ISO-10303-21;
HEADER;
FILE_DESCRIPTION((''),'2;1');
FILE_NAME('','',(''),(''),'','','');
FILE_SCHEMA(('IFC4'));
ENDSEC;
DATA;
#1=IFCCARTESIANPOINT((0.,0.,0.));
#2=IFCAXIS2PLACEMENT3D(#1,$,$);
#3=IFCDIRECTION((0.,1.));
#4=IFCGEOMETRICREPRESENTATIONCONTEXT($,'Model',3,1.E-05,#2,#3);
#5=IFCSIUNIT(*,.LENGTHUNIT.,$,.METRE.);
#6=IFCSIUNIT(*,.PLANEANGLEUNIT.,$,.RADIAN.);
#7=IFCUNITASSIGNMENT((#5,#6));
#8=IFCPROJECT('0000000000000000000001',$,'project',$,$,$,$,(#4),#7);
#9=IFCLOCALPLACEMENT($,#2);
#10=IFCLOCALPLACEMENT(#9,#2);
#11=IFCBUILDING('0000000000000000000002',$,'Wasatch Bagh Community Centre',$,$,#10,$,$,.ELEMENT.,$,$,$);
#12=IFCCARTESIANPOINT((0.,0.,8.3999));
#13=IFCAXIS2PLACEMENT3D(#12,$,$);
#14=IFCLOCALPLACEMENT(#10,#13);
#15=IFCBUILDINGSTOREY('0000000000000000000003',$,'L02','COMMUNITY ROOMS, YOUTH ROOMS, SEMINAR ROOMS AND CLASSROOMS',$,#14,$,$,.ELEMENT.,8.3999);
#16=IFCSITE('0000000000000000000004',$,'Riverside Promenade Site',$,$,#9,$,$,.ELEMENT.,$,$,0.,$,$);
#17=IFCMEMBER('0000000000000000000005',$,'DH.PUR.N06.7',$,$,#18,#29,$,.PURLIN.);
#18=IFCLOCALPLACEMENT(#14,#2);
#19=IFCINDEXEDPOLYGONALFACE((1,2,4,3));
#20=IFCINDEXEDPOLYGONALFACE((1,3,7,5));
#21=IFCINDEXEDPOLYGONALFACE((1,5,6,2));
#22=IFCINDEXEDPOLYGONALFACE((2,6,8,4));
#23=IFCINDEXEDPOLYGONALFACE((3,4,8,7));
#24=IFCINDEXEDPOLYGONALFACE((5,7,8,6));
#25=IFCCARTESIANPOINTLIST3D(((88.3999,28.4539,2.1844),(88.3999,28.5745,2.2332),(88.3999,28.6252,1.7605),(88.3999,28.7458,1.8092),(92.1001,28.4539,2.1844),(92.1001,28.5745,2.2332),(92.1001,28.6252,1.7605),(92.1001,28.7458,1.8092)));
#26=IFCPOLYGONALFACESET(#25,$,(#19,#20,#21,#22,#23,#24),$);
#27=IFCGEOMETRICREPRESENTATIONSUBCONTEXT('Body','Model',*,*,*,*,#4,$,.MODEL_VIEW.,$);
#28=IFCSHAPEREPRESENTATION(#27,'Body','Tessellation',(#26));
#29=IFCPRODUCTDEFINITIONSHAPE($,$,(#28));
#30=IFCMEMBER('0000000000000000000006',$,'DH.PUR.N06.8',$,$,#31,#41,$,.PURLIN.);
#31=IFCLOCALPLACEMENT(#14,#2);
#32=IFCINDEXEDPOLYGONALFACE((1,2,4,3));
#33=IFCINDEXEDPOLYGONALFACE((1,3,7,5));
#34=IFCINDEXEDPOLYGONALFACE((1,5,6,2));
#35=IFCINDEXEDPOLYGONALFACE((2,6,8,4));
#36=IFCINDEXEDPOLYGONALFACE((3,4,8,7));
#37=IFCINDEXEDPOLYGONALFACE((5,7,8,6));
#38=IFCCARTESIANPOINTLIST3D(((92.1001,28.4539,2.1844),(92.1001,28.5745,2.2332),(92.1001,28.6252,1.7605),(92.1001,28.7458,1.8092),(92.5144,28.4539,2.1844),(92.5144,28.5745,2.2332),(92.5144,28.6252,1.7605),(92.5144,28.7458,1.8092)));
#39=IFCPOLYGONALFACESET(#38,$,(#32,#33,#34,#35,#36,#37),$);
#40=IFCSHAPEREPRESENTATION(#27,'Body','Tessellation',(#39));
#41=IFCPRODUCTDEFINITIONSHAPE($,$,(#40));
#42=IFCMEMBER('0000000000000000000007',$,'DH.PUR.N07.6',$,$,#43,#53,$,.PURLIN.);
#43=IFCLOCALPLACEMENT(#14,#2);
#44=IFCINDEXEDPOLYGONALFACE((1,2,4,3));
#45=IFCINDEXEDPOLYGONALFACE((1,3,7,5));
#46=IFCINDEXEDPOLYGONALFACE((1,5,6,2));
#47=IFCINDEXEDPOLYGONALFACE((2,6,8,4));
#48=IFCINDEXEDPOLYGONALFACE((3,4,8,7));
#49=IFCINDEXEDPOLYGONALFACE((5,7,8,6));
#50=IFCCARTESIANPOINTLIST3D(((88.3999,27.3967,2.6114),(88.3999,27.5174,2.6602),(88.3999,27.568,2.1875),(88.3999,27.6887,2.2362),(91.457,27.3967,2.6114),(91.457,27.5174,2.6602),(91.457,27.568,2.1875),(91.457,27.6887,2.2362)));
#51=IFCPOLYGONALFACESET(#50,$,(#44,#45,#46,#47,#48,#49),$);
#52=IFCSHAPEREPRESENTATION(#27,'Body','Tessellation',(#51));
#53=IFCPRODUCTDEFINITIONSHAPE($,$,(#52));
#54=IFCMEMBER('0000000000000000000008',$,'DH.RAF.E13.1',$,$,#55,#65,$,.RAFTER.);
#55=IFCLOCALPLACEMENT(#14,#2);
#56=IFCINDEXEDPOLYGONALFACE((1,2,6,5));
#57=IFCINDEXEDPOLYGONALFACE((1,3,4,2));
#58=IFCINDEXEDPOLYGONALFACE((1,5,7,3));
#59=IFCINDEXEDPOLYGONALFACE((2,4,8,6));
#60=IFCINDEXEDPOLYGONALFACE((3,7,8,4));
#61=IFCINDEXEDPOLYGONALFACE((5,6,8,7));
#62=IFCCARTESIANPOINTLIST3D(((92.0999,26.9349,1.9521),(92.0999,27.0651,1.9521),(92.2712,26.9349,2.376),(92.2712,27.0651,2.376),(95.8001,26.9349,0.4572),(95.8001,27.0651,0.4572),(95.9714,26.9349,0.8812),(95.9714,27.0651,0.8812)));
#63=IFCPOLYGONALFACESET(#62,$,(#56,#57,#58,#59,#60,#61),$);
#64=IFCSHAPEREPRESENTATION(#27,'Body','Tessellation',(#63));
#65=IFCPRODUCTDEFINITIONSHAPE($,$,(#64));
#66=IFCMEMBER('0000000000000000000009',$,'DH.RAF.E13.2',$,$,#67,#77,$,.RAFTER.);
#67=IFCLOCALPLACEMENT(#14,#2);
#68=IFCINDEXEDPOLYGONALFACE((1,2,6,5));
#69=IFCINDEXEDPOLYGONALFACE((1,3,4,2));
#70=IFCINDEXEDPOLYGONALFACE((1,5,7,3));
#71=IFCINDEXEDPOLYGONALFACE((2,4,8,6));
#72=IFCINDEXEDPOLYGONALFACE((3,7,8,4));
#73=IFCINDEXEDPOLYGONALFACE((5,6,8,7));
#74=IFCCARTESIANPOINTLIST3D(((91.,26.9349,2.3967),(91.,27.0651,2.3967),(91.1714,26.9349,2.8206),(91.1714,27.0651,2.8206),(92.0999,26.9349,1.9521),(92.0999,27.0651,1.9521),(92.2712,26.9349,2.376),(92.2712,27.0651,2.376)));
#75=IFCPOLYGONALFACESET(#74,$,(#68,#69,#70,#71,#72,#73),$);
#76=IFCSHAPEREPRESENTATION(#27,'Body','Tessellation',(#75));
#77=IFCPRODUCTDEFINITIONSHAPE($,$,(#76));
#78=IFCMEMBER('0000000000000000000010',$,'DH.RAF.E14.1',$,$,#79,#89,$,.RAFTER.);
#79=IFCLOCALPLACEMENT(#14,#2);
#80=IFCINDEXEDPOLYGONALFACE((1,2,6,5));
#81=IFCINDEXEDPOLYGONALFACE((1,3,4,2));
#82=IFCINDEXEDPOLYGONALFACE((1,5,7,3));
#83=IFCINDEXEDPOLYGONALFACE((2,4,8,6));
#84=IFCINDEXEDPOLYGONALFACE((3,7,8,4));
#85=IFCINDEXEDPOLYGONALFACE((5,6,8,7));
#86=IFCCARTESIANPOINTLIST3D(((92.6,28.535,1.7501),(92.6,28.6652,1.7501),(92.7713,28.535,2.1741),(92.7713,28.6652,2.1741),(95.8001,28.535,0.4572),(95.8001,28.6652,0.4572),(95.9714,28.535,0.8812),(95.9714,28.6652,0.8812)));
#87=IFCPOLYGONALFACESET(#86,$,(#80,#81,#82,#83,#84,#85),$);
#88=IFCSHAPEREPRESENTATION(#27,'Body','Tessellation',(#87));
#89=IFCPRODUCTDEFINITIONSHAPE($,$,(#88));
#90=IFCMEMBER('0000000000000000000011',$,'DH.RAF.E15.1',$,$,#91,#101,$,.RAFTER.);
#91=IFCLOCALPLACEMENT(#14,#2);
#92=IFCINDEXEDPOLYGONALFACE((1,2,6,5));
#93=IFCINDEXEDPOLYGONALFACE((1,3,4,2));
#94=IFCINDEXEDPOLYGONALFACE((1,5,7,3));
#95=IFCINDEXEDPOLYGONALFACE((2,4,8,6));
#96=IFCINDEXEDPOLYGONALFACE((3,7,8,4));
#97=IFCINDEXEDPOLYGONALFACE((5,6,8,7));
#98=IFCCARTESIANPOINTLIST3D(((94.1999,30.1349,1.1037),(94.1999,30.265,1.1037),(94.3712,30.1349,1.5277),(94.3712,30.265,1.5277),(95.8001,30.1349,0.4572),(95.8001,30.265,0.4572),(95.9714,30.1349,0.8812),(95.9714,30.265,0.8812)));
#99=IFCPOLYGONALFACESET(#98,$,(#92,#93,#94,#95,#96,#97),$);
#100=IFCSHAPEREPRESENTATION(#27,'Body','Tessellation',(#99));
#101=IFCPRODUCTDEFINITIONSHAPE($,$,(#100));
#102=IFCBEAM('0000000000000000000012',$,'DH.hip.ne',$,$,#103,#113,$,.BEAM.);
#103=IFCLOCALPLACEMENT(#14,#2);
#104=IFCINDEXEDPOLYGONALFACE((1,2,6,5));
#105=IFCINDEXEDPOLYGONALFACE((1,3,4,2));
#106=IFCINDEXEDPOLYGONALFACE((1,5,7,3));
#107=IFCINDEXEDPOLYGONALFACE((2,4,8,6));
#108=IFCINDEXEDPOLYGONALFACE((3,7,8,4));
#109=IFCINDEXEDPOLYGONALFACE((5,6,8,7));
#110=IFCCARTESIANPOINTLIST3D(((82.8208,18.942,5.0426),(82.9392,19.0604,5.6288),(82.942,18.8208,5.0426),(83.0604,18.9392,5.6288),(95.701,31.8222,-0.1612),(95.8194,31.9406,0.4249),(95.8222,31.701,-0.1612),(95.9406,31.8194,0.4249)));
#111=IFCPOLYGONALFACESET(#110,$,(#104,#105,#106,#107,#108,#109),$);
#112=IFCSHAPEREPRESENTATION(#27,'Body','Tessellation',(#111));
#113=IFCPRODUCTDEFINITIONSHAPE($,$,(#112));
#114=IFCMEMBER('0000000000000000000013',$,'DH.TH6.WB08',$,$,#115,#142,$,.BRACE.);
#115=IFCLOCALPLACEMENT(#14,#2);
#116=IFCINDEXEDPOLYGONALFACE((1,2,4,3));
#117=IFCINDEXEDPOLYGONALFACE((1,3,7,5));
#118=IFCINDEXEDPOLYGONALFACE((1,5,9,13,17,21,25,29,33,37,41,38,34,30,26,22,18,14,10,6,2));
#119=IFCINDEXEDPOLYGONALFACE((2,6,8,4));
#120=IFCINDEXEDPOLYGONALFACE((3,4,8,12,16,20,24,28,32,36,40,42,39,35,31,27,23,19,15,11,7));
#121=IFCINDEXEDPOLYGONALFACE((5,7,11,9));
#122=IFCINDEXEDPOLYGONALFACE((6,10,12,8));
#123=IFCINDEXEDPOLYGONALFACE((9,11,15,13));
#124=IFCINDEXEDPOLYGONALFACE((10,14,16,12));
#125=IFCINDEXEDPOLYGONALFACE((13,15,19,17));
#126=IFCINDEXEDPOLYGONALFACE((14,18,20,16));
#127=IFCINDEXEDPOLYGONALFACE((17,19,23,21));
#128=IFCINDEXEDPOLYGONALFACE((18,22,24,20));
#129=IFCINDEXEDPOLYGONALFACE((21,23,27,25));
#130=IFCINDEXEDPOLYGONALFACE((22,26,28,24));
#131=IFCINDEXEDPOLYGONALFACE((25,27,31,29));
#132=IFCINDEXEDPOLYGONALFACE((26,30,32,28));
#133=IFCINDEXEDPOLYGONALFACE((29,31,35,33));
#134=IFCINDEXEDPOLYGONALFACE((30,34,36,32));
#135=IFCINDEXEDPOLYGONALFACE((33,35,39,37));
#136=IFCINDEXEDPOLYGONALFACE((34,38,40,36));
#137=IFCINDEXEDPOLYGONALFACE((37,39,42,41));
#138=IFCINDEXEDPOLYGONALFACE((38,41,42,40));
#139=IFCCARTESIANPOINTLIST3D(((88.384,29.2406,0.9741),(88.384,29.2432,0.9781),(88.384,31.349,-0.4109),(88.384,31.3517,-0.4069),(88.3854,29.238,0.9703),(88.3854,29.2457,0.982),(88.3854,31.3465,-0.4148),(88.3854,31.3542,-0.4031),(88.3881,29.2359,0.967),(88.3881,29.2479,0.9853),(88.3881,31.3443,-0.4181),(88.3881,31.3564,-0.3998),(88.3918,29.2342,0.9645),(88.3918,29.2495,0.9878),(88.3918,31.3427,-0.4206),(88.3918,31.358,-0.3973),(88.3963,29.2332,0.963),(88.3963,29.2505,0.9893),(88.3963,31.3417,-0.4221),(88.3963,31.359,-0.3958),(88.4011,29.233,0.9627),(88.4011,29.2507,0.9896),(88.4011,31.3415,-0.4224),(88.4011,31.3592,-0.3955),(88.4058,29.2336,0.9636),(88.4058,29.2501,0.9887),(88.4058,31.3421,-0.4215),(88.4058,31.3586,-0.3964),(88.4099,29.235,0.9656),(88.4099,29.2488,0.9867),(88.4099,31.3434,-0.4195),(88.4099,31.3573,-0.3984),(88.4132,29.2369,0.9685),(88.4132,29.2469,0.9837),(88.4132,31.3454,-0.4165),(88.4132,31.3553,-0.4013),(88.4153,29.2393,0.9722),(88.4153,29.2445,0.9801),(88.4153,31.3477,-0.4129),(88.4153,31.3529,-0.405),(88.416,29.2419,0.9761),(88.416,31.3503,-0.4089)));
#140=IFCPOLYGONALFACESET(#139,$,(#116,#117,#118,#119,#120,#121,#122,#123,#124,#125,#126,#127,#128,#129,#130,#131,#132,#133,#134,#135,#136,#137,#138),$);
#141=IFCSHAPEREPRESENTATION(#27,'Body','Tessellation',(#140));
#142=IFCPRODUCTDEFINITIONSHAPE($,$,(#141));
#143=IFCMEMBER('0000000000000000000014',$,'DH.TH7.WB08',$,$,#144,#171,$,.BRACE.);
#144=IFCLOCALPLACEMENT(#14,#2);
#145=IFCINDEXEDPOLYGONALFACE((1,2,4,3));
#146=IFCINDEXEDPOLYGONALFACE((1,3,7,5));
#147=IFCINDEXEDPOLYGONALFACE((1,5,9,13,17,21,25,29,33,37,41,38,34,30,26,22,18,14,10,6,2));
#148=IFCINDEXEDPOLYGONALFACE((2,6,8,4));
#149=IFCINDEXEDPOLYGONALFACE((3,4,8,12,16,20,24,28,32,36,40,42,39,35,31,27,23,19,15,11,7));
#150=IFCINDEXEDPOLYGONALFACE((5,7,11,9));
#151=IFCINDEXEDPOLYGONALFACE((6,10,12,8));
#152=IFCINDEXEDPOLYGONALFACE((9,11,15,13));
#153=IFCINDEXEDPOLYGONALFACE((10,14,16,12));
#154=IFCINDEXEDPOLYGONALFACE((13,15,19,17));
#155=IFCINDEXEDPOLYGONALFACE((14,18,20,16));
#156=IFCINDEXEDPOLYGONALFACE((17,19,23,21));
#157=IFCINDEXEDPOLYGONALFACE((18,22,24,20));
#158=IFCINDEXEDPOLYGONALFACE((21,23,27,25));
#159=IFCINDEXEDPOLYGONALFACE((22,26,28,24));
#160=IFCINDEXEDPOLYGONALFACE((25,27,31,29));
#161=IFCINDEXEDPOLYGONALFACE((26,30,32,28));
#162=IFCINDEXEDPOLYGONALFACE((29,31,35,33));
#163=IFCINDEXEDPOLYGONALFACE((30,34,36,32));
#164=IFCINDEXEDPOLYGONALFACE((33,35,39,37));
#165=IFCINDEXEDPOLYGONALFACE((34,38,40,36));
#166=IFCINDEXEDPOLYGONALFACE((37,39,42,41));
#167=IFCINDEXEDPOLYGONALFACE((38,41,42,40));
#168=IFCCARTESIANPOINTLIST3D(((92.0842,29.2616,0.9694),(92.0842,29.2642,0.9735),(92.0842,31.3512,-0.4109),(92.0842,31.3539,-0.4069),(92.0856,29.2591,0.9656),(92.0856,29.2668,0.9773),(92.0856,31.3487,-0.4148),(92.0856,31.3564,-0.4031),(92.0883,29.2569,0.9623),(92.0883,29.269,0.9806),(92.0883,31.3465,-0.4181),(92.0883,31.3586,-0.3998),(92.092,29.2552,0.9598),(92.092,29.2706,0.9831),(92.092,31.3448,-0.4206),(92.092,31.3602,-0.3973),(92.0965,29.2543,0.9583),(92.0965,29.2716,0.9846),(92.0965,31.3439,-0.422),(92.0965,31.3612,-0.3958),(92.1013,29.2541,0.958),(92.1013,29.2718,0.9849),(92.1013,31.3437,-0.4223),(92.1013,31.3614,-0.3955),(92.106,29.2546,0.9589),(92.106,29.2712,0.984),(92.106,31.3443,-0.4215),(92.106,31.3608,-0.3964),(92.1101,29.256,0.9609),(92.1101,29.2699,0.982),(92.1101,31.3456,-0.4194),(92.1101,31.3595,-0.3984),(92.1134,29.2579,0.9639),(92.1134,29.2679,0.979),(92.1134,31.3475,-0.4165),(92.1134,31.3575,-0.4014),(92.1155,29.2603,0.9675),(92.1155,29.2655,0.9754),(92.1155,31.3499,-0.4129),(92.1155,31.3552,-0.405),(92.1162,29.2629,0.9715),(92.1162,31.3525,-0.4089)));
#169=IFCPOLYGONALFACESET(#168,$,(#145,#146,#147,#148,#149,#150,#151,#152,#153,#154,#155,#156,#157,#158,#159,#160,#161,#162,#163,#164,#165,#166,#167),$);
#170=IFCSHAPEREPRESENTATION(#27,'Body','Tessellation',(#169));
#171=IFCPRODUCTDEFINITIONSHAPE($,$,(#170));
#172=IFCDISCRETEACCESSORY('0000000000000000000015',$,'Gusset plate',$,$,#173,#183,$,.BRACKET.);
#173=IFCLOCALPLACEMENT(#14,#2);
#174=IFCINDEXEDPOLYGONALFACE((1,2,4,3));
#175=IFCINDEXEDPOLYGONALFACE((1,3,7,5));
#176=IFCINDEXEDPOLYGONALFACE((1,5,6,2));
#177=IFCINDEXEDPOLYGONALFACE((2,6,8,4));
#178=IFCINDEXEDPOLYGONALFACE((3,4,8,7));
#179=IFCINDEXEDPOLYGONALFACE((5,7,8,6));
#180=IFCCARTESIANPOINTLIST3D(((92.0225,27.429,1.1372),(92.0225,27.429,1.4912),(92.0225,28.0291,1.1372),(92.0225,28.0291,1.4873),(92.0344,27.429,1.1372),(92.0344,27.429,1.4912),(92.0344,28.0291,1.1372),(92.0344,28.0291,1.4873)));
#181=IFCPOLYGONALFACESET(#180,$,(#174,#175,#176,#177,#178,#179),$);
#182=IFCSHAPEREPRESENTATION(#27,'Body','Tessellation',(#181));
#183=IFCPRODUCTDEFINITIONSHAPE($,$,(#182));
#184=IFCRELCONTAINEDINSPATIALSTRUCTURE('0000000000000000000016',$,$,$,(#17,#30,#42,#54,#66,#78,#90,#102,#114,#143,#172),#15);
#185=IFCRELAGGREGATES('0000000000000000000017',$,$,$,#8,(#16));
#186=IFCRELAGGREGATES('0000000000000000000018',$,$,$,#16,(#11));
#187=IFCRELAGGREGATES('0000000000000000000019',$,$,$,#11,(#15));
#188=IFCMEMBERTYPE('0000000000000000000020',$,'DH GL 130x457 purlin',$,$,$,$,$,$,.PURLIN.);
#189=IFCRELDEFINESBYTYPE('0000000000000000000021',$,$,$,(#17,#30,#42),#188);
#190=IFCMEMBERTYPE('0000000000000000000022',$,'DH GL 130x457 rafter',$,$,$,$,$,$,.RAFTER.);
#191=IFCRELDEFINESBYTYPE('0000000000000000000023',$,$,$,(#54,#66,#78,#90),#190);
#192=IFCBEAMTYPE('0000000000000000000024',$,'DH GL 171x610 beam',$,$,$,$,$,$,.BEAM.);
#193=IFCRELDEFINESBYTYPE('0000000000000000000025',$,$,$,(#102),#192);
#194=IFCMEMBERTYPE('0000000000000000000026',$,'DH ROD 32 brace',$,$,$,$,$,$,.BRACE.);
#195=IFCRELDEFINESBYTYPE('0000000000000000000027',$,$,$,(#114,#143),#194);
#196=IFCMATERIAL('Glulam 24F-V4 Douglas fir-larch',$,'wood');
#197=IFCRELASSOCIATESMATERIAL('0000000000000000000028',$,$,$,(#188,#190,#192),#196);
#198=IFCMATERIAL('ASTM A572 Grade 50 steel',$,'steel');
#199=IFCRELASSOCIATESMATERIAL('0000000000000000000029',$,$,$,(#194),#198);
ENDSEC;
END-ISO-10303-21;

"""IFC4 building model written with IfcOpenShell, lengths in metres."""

from ifc_helpers import new_model, si_unit, direction, frame, origin, origin_2d, place, context, subcontext, project, spatial, polyline, rectangle, circle, outline, extrude, material, material_profile, profile_set, type_object, element, save


model = new_model("IFC4")

# Units and contexts
model_context = context("Model", 3, precision=1e-05, world=origin(), true_north=direction((0.0, 1.0)))
body_context = subcontext(model_context, "Body", "Model", "MODEL_VIEW")
ifc_project = project(units=[si_unit("LENGTHUNIT", "METRE"), si_unit("PLANEANGLEUNIT", "RADIAN")], contexts=[model_context])

# Site, building, storey
site_placement = place(None, origin())
site = spatial("IfcSite", under=ifc_project, at=site_placement, Name="Riverside Promenade Site", CompositionType="ELEMENT", RefElevation=0.0)
building_placement = place(site_placement, origin())
building = spatial("IfcBuilding", under=site, at=building_placement, Name="Wasatch Bagh Community Centre", CompositionType="ELEMENT")
storey_placement = place(building_placement, frame((0.0, 0.0, 8.3999)))
storey = spatial("IfcBuildingStorey", under=building, at=storey_placement, Name="L02", Description="COMMUNITY ROOMS, YOUTH ROOMS, SEMINAR ROOMS AND CLASSROOMS", CompositionType="ELEMENT", Elevation=8.3999)

# Shared definitions
ifc_material_1 = material(Name="Glulam 24F-V4 Douglas fir-larch", Category="wood")

# Members
ifc_material_profile_1 = material_profile(ifc_material_1, rectangle(XDim=0.1301, YDim=0.4573, at=origin_2d()), Name="GL 130x457")
ifc_profile_set_1 = profile_set([ifc_material_profile_1], Name="Glulam 24F-V4 Douglas fir-larch")
member_type_1 = type_object("IfcMemberType", Name="DH GL 130x457 purlin", PredefinedType="PURLIN", material=ifc_profile_set_1)
member_1_placement = place(storey_placement, frame((88.3999, 28.5999, 1.9968), z_axis=(1.0, 0.0, 0.0), x_axis=(0.0, 0.927184, 0.374607)))
element("IfcMember", 1, at=member_1_placement, inside=storey, type_object=member_type_1, Name="DH.PUR.N06.7", PredefinedType="PURLIN", context=body_context, shape_type="SweptSolid", body=[
    extrude(rectangle(XDim=0.1301, YDim=0.4573, at=origin_2d()), origin(), (0.0, 0.0, 1.0), 3.7002),
])
member_2_placement = place(storey_placement, frame((92.1001, 28.5999, 1.9968), z_axis=(1.0, 0.0, 0.0), x_axis=(0.0, 0.927184, 0.374607)))
element("IfcMember", 2, at=member_2_placement, inside=storey, type_object=member_type_1, Name="DH.PUR.N06.8", PredefinedType="PURLIN", context=body_context, shape_type="SweptSolid", body=[
    extrude(rectangle(XDim=0.1301, YDim=0.4573, at=origin_2d()), origin(), (0.0, 0.0, 1.0), 0.4143),
])
member_3_placement = place(storey_placement, frame((88.3999, 27.5427, 2.4238), z_axis=(1.0, 0.0, 0.0), x_axis=(0.0, 0.927184, 0.374607)))
element("IfcMember", 3, at=member_3_placement, inside=storey, type_object=member_type_1, Name="DH.PUR.N07.6", PredefinedType="PURLIN", context=body_context, shape_type="SweptSolid", body=[
    extrude(rectangle(XDim=0.1301, YDim=0.4573, at=origin_2d()), origin(), (0.0, 0.0, 1.0), 3.0571),
])
ifc_material_profile_2 = material_profile(ifc_material_1, rectangle(XDim=0.1301, YDim=0.4573, at=origin_2d()), Name="GL 130x457")
ifc_profile_set_2 = profile_set([ifc_material_profile_2], Name="Glulam 24F-V4 Douglas fir-larch")
member_type_2 = type_object("IfcMemberType", Name="DH GL 130x457 rafter", PredefinedType="RAFTER", material=ifc_profile_set_2)
member_4_placement = place(storey_placement, frame((95.8857, 27.0, 0.6692), z_axis=(-0.927193, 0.0, 0.374584), x_axis=(0.0, -1.0, 0.0)))
element("IfcMember", 4, at=member_4_placement, inside=storey, type_object=member_type_2, Name="DH.RAF.E13.1", PredefinedType="RAFTER", context=body_context, shape_type="SweptSolid", body=[
    extrude(rectangle(XDim=0.1301, YDim=0.4573, at=origin_2d()), origin(), (0.0, 0.0, 1.0), 3.9907),
])
member_5_placement = place(storey_placement, frame((92.1855, 27.0, 2.1641), z_axis=(-0.927122, 0.0, 0.374759), x_axis=(0.0, -1.0, 0.0)))
element("IfcMember", 5, at=member_5_placement, inside=storey, type_object=member_type_2, Name="DH.RAF.E13.2", PredefinedType="RAFTER", context=body_context, shape_type="SweptSolid", body=[
    extrude(rectangle(XDim=0.1301, YDim=0.4573, at=origin_2d()), origin(), (0.0, 0.0, 1.0), 1.1863),
])
member_6_placement = place(storey_placement, frame((95.8857, 28.6001, 0.6692), z_axis=(-0.927183, 0.0, 0.374608), x_axis=(0.0, -1.0, 0.0)))
element("IfcMember", 6, at=member_6_placement, inside=storey, type_object=member_type_2, Name="DH.RAF.E14.1", PredefinedType="RAFTER", context=body_context, shape_type="SweptSolid", body=[
    extrude(rectangle(XDim=0.1301, YDim=0.4573, at=origin_2d()), origin(), (0.0, 0.0, 1.0), 3.4514),
])
member_7_placement = place(storey_placement, frame((95.8857, 30.2, 0.6692), z_axis=(-0.927183, 0.0, 0.374608), x_axis=(0.0, -1.0, 0.0)))
element("IfcMember", 7, at=member_7_placement, inside=storey, type_object=member_type_2, Name="DH.RAF.E15.1", PredefinedType="RAFTER", context=body_context, shape_type="SweptSolid", body=[
    extrude(rectangle(XDim=0.1301, YDim=0.4573, at=origin_2d()), origin(), (0.0, 0.0, 1.0), 1.7258),
])

# Beam
ifc_material_profile_3 = material_profile(ifc_material_1, rectangle(XDim=0.1714, YDim=0.6096, at=origin_2d()), Name="GL 171x610")
ifc_profile_set_3 = profile_set([ifc_material_profile_3], Name="Glulam 24F-V4 Douglas fir-larch")
beam_type_1 = type_object("IfcBeamType", Name="DH GL 171x610 beam", PredefinedType="BEAM", material=ifc_profile_set_3)
beam_1_placement = place(storey_placement, frame((95.8208, 31.8208, 0.1318), z_axis=(-0.679905, -0.679905, 0.274697), x_axis=(0.707107, -0.707107, 0.0)))
element("IfcBeam", 8, at=beam_1_placement, inside=storey, type_object=beam_type_1, Name="DH.hip.ne", PredefinedType="BEAM", context=body_context, shape_type="SweptSolid", body=[
    extrude(rectangle(XDim=0.1714, YDim=0.6096, at=origin_2d()), origin(), (0.0, 0.0, 1.0), 18.9441),
])

# Members
ifc_material_2 = material(Name="ASTM A572 Grade 50 steel", Category="steel")
ifc_material_profile_4 = material_profile(ifc_material_2, circle(Radius=0.0161, at=origin_2d()), Name="ROD 32")
ifc_profile_set_4 = profile_set([ifc_material_profile_4], Name="ASTM A572 Grade 50 steel")
member_type_3 = type_object("IfcMemberType", Name="DH ROD 32 brace", PredefinedType="BRACE", material=ifc_profile_set_4)
member_8_placement = place(storey_placement, frame((88.3999, 31.3503, -0.4089), z_axis=(0.0, -0.835798, 0.549037), x_axis=(1.0, 0.0, 0.0)))
element("IfcMember", 9, at=member_8_placement, inside=storey, type_object=member_type_3, Name="DH.TH6.WB08", PredefinedType="BRACE", context=body_context, shape_type="SweptSolid", body=[
    extrude(circle(Radius=0.0161, at=origin_2d()), origin(), (0.0, 0.0, 1.0), 2.5227),
])
member_9_placement = place(storey_placement, frame((92.1001, 31.3525, -0.4089), z_axis=(0.0, -0.834383, 0.551186), x_axis=(1.0, 0.0, 0.0)))
element("IfcMember", 10, at=member_9_placement, inside=storey, type_object=member_type_3, Name="DH.TH7.WB08", PredefinedType="BRACE", context=body_context, shape_type="SweptSolid", body=[
    extrude(circle(Radius=0.0161, at=origin_2d()), origin(), (0.0, 0.0, 1.0), 2.5044),
])

# Discrete accessory
discrete_accessory_1_placement = place(storey_placement, frame((92.0225, 27.429, 1.4912), z_axis=(-1.0, 0.0, 0.0), x_axis=(0.0, 0.999979, -0.006509)))
element("IfcDiscreteAccessory", 11, at=discrete_accessory_1_placement, inside=storey, Name="Gusset plate", PredefinedType="BRACKET", context=body_context, shape_type="SweptSolid", body=[
    extrude(outline(polyline([(0.0, 0.0), (0.6001, 0.0), (0.6024, 0.3501), (0.0023, 0.354), (0.0, 0.0)])), origin(), (0.0, 0.0, -1.0), 0.012),
])

save(model, "model.ifc")
